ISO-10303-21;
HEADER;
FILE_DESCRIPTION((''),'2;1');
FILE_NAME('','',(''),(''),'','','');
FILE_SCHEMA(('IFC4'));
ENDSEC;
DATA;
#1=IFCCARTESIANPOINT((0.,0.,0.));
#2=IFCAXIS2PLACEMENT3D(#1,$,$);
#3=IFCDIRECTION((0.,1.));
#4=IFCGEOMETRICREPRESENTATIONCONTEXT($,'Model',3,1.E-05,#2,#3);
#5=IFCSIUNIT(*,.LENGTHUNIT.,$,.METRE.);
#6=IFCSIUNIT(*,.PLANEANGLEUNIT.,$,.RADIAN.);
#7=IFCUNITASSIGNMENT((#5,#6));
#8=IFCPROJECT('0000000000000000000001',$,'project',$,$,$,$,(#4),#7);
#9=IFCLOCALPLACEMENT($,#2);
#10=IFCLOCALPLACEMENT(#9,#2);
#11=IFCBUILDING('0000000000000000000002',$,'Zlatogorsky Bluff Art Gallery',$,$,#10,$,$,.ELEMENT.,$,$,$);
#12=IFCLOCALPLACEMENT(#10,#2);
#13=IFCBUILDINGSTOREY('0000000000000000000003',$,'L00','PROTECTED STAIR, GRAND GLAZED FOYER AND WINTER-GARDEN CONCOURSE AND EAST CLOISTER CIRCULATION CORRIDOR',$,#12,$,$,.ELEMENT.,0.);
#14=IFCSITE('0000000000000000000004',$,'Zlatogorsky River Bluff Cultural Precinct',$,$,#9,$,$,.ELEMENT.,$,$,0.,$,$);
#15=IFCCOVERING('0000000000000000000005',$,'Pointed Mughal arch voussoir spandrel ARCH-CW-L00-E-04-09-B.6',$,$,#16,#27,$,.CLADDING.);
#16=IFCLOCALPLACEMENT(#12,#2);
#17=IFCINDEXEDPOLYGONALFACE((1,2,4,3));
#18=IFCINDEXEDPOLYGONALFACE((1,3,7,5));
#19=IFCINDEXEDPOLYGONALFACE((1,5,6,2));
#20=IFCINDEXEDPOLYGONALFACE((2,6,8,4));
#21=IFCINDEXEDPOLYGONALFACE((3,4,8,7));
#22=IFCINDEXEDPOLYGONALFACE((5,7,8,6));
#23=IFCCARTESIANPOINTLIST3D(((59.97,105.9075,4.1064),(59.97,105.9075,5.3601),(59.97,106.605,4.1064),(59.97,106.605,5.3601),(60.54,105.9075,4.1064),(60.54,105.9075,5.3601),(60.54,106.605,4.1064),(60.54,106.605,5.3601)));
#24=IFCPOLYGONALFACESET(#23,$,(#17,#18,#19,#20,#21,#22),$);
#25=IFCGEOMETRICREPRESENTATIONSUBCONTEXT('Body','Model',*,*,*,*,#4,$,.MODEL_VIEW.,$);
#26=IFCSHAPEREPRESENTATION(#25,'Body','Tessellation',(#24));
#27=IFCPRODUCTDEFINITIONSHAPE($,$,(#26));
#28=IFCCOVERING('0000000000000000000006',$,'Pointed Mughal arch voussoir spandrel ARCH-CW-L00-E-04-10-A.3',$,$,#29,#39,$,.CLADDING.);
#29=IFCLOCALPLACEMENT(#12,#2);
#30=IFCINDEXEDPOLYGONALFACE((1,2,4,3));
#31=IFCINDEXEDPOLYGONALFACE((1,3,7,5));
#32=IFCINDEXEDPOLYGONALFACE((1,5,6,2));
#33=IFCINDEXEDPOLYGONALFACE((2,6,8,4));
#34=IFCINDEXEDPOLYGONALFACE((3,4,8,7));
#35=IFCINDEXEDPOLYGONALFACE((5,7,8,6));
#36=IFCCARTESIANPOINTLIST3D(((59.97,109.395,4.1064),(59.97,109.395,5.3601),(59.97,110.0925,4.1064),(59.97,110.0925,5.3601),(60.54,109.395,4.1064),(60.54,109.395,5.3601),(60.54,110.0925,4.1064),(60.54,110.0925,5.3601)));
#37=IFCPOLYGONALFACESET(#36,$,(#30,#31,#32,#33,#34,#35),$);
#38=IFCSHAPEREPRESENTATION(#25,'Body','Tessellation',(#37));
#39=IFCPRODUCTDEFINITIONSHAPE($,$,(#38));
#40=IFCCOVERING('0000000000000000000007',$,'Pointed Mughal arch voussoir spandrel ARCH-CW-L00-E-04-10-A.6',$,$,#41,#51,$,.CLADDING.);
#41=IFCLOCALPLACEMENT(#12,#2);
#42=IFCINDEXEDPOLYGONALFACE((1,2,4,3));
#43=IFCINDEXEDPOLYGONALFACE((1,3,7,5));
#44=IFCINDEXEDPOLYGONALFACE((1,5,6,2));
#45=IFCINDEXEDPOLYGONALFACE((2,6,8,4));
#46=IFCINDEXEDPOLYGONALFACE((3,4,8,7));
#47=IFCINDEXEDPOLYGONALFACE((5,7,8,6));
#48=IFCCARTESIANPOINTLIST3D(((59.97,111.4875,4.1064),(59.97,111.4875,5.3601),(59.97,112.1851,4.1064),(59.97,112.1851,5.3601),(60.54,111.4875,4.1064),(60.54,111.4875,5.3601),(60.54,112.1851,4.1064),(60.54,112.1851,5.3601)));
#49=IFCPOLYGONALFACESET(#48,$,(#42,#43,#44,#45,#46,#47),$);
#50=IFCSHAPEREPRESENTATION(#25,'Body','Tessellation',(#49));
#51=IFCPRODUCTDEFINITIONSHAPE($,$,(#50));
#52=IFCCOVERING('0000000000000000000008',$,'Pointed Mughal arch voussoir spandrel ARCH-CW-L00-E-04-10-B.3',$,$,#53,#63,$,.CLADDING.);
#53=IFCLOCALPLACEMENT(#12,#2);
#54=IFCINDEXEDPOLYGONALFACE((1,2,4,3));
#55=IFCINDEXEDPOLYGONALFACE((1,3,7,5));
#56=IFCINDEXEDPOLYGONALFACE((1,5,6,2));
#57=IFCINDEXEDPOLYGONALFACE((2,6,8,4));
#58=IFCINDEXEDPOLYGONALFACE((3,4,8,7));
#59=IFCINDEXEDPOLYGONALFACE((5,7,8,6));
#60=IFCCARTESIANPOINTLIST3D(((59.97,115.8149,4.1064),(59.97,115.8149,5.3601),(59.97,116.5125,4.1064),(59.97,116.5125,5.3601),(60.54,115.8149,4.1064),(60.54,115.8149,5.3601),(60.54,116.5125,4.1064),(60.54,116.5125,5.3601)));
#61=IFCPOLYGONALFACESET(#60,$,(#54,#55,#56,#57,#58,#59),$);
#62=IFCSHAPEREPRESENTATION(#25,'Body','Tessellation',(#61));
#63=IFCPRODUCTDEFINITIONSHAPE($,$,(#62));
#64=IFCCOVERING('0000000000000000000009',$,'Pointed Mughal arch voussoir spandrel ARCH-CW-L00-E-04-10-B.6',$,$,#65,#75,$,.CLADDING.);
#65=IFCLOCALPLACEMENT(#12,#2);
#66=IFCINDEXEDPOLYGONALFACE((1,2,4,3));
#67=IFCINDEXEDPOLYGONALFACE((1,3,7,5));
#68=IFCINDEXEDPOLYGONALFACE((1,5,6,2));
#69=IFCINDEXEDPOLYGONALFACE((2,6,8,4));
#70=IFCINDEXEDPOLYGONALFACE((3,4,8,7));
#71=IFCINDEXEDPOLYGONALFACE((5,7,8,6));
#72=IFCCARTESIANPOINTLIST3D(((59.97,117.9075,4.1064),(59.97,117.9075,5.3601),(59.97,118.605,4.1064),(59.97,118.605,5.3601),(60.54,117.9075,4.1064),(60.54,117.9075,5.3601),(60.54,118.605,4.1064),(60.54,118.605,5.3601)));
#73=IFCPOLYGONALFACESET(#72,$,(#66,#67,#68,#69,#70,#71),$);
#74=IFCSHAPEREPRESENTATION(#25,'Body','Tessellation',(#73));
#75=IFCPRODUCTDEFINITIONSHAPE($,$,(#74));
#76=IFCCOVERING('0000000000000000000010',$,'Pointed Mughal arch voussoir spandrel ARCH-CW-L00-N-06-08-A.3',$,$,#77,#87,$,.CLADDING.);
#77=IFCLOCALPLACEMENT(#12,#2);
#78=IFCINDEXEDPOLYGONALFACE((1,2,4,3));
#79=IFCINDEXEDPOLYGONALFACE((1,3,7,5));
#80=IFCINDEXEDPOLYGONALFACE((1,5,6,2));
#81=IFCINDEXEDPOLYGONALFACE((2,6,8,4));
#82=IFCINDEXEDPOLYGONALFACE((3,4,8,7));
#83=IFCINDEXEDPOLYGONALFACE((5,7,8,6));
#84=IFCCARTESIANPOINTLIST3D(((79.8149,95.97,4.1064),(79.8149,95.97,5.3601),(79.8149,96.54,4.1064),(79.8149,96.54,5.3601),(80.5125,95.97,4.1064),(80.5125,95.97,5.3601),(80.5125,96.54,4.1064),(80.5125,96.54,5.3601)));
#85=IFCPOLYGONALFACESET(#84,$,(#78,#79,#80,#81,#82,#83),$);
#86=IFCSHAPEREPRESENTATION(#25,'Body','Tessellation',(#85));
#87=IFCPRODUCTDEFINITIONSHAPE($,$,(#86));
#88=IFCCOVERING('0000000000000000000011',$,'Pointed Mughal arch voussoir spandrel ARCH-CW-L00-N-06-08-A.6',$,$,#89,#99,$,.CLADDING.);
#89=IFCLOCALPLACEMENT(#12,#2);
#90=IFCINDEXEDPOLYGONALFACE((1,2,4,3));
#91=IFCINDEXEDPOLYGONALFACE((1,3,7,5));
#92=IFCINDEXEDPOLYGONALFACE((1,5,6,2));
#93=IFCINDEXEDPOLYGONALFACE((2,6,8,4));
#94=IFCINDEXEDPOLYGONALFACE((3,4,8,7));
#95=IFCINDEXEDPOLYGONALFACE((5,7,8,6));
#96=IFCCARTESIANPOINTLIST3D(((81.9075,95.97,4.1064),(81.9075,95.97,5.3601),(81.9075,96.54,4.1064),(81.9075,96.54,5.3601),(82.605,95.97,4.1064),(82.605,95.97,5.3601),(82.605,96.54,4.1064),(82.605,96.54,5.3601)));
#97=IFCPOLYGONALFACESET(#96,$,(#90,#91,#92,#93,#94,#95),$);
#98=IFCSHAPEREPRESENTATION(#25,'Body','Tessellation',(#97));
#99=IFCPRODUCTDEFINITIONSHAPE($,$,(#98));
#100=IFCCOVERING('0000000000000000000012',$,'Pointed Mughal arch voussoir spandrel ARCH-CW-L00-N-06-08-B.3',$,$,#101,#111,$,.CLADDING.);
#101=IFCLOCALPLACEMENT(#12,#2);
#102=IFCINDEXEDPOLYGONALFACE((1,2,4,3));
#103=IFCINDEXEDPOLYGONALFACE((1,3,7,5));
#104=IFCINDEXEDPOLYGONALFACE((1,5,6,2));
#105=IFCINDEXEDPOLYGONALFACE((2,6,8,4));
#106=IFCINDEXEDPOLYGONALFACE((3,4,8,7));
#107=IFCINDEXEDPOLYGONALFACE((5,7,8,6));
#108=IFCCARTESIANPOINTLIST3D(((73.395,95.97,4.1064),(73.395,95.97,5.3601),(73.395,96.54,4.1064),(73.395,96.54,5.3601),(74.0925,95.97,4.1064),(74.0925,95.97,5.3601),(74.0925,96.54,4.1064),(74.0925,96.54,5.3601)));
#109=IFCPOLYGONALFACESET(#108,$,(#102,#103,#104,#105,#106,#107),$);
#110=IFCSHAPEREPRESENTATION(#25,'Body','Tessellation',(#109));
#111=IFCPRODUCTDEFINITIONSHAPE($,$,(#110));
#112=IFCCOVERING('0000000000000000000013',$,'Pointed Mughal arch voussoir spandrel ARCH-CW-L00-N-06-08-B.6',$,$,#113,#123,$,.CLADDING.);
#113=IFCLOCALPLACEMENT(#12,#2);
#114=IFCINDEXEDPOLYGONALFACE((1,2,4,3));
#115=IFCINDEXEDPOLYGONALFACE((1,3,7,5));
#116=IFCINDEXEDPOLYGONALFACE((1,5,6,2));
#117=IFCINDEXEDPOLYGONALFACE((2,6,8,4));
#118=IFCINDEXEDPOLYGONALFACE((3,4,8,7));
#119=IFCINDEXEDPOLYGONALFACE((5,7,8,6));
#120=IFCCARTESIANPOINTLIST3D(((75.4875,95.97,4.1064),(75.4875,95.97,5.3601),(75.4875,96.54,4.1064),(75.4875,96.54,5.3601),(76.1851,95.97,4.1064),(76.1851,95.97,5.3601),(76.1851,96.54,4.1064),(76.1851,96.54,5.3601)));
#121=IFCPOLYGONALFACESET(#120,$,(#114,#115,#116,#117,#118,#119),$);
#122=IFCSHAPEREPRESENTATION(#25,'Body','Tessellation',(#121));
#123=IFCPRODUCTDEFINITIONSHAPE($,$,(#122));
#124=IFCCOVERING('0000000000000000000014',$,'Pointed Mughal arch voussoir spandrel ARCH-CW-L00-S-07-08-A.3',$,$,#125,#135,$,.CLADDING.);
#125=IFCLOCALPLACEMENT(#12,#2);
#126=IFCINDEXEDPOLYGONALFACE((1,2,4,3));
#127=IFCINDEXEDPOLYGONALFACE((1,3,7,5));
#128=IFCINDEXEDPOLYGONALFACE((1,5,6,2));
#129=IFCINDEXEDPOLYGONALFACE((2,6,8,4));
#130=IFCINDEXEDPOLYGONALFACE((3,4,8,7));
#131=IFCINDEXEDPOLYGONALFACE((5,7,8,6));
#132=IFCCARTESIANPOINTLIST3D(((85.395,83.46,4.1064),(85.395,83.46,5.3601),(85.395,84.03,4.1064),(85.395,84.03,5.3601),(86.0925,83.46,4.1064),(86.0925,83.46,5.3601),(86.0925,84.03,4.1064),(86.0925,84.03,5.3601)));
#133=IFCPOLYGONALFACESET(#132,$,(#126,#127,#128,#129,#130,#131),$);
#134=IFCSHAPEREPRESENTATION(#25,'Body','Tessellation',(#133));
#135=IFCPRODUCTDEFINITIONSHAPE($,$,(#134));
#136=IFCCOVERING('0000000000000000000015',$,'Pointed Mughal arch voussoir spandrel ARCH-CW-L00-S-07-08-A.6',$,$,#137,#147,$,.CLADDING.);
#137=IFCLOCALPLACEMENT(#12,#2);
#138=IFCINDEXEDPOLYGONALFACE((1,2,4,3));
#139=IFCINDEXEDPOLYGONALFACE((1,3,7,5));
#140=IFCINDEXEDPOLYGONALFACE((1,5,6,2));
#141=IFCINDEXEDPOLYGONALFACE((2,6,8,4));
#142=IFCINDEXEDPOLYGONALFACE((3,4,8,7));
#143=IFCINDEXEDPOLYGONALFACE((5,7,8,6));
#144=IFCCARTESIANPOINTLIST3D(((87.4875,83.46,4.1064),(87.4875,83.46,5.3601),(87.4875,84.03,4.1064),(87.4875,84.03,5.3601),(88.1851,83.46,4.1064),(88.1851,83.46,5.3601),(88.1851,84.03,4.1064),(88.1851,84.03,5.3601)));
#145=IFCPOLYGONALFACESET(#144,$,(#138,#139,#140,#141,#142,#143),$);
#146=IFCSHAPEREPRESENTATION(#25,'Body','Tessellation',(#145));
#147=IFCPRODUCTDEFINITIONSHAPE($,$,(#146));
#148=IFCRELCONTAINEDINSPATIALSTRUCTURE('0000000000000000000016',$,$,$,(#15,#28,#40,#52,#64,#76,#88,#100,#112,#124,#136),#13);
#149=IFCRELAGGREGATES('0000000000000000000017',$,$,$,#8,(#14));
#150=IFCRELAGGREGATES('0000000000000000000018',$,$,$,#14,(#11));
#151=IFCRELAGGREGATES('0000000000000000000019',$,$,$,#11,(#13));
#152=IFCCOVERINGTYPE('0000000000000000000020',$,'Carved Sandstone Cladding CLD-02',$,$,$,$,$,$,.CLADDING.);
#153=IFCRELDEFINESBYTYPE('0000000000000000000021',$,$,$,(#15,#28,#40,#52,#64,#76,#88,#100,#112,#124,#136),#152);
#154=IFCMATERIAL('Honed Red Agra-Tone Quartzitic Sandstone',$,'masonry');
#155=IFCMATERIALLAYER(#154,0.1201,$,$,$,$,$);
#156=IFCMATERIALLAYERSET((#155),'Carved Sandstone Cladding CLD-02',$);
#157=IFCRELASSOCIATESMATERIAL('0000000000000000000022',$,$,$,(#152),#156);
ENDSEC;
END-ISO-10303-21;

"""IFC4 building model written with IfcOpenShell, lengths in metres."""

from ifc_helpers import new_model, si_unit, direction, frame, origin, place, context, subcontext, project, spatial, polyline, outline, extrude, material, layer, layer_set, type_object, element, save


model = new_model("IFC4")

# Units and contexts
model_context = context("Model", 3, precision=1e-05, world=origin(), true_north=direction((0.0, 1.0)))
body_context = subcontext(model_context, "Body", "Model", "MODEL_VIEW")
ifc_project = project(units=[si_unit("LENGTHUNIT", "METRE"), si_unit("PLANEANGLEUNIT", "RADIAN")], contexts=[model_context])

# Site, building, storey
site_placement = place(None, origin())
site = spatial("IfcSite", under=ifc_project, at=site_placement, Name="Zlatogorsky River Bluff Cultural Precinct", CompositionType="ELEMENT", RefElevation=0.0)
building_placement = place(site_placement, origin())
building = spatial("IfcBuilding", under=site, at=building_placement, Name="Zlatogorsky Bluff Art Gallery", CompositionType="ELEMENT")
storey_placement = place(building_placement, origin())
storey = spatial("IfcBuildingStorey", under=building, at=storey_placement, Name="L00", Description="PROTECTED STAIR, GRAND GLAZED FOYER AND WINTER-GARDEN CONCOURSE AND EAST CLOISTER CIRCULATION CORRIDOR", CompositionType="ELEMENT", Elevation=0.0)

# Coverings
ifc_material = material(Name="Honed Red Agra-Tone Quartzitic Sandstone", Category="masonry")
ifc_layer = layer(ifc_material, 0.1201)
ifc_layer_set = layer_set([ifc_layer], Name="Carved Sandstone Cladding CLD-02")
covering_type = type_object("IfcCoveringType", Name="Carved Sandstone Cladding CLD-02", PredefinedType="CLADDING", material=ifc_layer_set)
covering_1_placement = place(storey_placement, frame((0.0, 0.0, 4.1064)))
element("IfcCovering", 1, at=covering_1_placement, inside=storey, type_object=covering_type, Name="Pointed Mughal arch voussoir spandrel ARCH-CW-L00-E-04-09-B.6", PredefinedType="CLADDING", context=body_context, shape_type="SweptSolid", body=[
    extrude(outline(polyline([(59.97, 105.9075), (59.97, 106.605), (60.54, 106.605), (60.54, 105.9075), (59.97, 105.9075)])), origin(), (0.0, 0.0, 1.0), 1.2537),
])
covering_2_placement = place(storey_placement, frame((0.0, 0.0, 4.1064)))
element("IfcCovering", 2, at=covering_2_placement, inside=storey, type_object=covering_type, Name="Pointed Mughal arch voussoir spandrel ARCH-CW-L00-E-04-10-A.3", PredefinedType="CLADDING", context=body_context, shape_type="SweptSolid", body=[
    extrude(outline(polyline([(59.97, 109.395), (59.97, 110.0925), (60.54, 110.0925), (60.54, 109.395), (59.97, 109.395)])), origin(), (0.0, 0.0, 1.0), 1.2537),
])
covering_3_placement = place(storey_placement, frame((0.0, 0.0, 4.1064)))
element("IfcCovering", 3, at=covering_3_placement, inside=storey, type_object=covering_type, Name="Pointed Mughal arch voussoir spandrel ARCH-CW-L00-E-04-10-A.6", PredefinedType="CLADDING", context=body_context, shape_type="SweptSolid", body=[
    extrude(outline(polyline([(59.97, 111.4875), (59.97, 112.1851), (60.54, 112.1851), (60.54, 111.4875), (59.97, 111.4875)])), origin(), (0.0, 0.0, 1.0), 1.2537),
])
covering_4_placement = place(storey_placement, frame((0.0, 0.0, 4.1064)))
element("IfcCovering", 4, at=covering_4_placement, inside=storey, type_object=covering_type, Name="Pointed Mughal arch voussoir spandrel ARCH-CW-L00-E-04-10-B.3", PredefinedType="CLADDING", context=body_context, shape_type="SweptSolid", body=[
    extrude(outline(polyline([(59.97, 115.8149), (59.97, 116.5125), (60.54, 116.5125), (60.54, 115.8149), (59.97, 115.8149)])), origin(), (0.0, 0.0, 1.0), 1.2537),
])
covering_5_placement = place(storey_placement, frame((0.0, 0.0, 4.1064)))
element("IfcCovering", 5, at=covering_5_placement, inside=storey, type_object=covering_type, Name="Pointed Mughal arch voussoir spandrel ARCH-CW-L00-E-04-10-B.6", PredefinedType="CLADDING", context=body_context, shape_type="SweptSolid", body=[
    extrude(outline(polyline([(59.97, 117.9075), (59.97, 118.605), (60.54, 118.605), (60.54, 117.9075), (59.97, 117.9075)])), origin(), (0.0, 0.0, 1.0), 1.2537),
])
covering_6_placement = place(storey_placement, frame((0.0, 0.0, 4.1064)))
element("IfcCovering", 6, at=covering_6_placement, inside=storey, type_object=covering_type, Name="Pointed Mughal arch voussoir spandrel ARCH-CW-L00-N-06-08-A.3", PredefinedType="CLADDING", context=body_context, shape_type="SweptSolid", body=[
    extrude(outline(polyline([(79.8149, 95.97), (80.5125, 95.97), (80.5125, 96.54), (79.8149, 96.54), (79.8149, 95.97)])), origin(), (0.0, 0.0, 1.0), 1.2537),
])
covering_7_placement = place(storey_placement, frame((0.0, 0.0, 4.1064)))
element("IfcCovering", 7, at=covering_7_placement, inside=storey, type_object=covering_type, Name="Pointed Mughal arch voussoir spandrel ARCH-CW-L00-N-06-08-A.6", PredefinedType="CLADDING", context=body_context, shape_type="SweptSolid", body=[
    extrude(outline(polyline([(81.9075, 95.97), (82.605, 95.97), (82.605, 96.54), (81.9075, 96.54), (81.9075, 95.97)])), origin(), (0.0, 0.0, 1.0), 1.2537),
])
covering_8_placement = place(storey_placement, frame((0.0, 0.0, 4.1064)))
element("IfcCovering", 8, at=covering_8_placement, inside=storey, type_object=covering_type, Name="Pointed Mughal arch voussoir spandrel ARCH-CW-L00-N-06-08-B.3", PredefinedType="CLADDING", context=body_context, shape_type="SweptSolid", body=[
    extrude(outline(polyline([(73.395, 95.97), (74.0925, 95.97), (74.0925, 96.54), (73.395, 96.54), (73.395, 95.97)])), origin(), (0.0, 0.0, 1.0), 1.2537),
])
covering_9_placement = place(storey_placement, frame((0.0, 0.0, 4.1064)))
element("IfcCovering", 9, at=covering_9_placement, inside=storey, type_object=covering_type, Name="Pointed Mughal arch voussoir spandrel ARCH-CW-L00-N-06-08-B.6", PredefinedType="CLADDING", context=body_context, shape_type="SweptSolid", body=[
    extrude(outline(polyline([(75.4875, 95.97), (76.1851, 95.97), (76.1851, 96.54), (75.4875, 96.54), (75.4875, 95.97)])), origin(), (0.0, 0.0, 1.0), 1.2537),
])
covering_10_placement = place(storey_placement, frame((0.0, 0.0, 4.1064)))
element("IfcCovering", 10, at=covering_10_placement, inside=storey, type_object=covering_type, Name="Pointed Mughal arch voussoir spandrel ARCH-CW-L00-S-07-08-A.3", PredefinedType="CLADDING", context=body_context, shape_type="SweptSolid", body=[
    extrude(outline(polyline([(85.395, 83.46), (86.0925, 83.46), (86.0925, 84.03), (85.395, 84.03), (85.395, 83.46)])), origin(), (0.0, 0.0, 1.0), 1.2537),
])
covering_11_placement = place(storey_placement, frame((0.0, 0.0, 4.1064)))
element("IfcCovering", 11, at=covering_11_placement, inside=storey, type_object=covering_type, Name="Pointed Mughal arch voussoir spandrel ARCH-CW-L00-S-07-08-A.6", PredefinedType="CLADDING", context=body_context, shape_type="SweptSolid", body=[
    extrude(outline(polyline([(87.4875, 83.46), (88.1851, 83.46), (88.1851, 84.03), (87.4875, 84.03), (87.4875, 83.46)])), origin(), (0.0, 0.0, 1.0), 1.2537),
])

save(model, "model.ifc")
